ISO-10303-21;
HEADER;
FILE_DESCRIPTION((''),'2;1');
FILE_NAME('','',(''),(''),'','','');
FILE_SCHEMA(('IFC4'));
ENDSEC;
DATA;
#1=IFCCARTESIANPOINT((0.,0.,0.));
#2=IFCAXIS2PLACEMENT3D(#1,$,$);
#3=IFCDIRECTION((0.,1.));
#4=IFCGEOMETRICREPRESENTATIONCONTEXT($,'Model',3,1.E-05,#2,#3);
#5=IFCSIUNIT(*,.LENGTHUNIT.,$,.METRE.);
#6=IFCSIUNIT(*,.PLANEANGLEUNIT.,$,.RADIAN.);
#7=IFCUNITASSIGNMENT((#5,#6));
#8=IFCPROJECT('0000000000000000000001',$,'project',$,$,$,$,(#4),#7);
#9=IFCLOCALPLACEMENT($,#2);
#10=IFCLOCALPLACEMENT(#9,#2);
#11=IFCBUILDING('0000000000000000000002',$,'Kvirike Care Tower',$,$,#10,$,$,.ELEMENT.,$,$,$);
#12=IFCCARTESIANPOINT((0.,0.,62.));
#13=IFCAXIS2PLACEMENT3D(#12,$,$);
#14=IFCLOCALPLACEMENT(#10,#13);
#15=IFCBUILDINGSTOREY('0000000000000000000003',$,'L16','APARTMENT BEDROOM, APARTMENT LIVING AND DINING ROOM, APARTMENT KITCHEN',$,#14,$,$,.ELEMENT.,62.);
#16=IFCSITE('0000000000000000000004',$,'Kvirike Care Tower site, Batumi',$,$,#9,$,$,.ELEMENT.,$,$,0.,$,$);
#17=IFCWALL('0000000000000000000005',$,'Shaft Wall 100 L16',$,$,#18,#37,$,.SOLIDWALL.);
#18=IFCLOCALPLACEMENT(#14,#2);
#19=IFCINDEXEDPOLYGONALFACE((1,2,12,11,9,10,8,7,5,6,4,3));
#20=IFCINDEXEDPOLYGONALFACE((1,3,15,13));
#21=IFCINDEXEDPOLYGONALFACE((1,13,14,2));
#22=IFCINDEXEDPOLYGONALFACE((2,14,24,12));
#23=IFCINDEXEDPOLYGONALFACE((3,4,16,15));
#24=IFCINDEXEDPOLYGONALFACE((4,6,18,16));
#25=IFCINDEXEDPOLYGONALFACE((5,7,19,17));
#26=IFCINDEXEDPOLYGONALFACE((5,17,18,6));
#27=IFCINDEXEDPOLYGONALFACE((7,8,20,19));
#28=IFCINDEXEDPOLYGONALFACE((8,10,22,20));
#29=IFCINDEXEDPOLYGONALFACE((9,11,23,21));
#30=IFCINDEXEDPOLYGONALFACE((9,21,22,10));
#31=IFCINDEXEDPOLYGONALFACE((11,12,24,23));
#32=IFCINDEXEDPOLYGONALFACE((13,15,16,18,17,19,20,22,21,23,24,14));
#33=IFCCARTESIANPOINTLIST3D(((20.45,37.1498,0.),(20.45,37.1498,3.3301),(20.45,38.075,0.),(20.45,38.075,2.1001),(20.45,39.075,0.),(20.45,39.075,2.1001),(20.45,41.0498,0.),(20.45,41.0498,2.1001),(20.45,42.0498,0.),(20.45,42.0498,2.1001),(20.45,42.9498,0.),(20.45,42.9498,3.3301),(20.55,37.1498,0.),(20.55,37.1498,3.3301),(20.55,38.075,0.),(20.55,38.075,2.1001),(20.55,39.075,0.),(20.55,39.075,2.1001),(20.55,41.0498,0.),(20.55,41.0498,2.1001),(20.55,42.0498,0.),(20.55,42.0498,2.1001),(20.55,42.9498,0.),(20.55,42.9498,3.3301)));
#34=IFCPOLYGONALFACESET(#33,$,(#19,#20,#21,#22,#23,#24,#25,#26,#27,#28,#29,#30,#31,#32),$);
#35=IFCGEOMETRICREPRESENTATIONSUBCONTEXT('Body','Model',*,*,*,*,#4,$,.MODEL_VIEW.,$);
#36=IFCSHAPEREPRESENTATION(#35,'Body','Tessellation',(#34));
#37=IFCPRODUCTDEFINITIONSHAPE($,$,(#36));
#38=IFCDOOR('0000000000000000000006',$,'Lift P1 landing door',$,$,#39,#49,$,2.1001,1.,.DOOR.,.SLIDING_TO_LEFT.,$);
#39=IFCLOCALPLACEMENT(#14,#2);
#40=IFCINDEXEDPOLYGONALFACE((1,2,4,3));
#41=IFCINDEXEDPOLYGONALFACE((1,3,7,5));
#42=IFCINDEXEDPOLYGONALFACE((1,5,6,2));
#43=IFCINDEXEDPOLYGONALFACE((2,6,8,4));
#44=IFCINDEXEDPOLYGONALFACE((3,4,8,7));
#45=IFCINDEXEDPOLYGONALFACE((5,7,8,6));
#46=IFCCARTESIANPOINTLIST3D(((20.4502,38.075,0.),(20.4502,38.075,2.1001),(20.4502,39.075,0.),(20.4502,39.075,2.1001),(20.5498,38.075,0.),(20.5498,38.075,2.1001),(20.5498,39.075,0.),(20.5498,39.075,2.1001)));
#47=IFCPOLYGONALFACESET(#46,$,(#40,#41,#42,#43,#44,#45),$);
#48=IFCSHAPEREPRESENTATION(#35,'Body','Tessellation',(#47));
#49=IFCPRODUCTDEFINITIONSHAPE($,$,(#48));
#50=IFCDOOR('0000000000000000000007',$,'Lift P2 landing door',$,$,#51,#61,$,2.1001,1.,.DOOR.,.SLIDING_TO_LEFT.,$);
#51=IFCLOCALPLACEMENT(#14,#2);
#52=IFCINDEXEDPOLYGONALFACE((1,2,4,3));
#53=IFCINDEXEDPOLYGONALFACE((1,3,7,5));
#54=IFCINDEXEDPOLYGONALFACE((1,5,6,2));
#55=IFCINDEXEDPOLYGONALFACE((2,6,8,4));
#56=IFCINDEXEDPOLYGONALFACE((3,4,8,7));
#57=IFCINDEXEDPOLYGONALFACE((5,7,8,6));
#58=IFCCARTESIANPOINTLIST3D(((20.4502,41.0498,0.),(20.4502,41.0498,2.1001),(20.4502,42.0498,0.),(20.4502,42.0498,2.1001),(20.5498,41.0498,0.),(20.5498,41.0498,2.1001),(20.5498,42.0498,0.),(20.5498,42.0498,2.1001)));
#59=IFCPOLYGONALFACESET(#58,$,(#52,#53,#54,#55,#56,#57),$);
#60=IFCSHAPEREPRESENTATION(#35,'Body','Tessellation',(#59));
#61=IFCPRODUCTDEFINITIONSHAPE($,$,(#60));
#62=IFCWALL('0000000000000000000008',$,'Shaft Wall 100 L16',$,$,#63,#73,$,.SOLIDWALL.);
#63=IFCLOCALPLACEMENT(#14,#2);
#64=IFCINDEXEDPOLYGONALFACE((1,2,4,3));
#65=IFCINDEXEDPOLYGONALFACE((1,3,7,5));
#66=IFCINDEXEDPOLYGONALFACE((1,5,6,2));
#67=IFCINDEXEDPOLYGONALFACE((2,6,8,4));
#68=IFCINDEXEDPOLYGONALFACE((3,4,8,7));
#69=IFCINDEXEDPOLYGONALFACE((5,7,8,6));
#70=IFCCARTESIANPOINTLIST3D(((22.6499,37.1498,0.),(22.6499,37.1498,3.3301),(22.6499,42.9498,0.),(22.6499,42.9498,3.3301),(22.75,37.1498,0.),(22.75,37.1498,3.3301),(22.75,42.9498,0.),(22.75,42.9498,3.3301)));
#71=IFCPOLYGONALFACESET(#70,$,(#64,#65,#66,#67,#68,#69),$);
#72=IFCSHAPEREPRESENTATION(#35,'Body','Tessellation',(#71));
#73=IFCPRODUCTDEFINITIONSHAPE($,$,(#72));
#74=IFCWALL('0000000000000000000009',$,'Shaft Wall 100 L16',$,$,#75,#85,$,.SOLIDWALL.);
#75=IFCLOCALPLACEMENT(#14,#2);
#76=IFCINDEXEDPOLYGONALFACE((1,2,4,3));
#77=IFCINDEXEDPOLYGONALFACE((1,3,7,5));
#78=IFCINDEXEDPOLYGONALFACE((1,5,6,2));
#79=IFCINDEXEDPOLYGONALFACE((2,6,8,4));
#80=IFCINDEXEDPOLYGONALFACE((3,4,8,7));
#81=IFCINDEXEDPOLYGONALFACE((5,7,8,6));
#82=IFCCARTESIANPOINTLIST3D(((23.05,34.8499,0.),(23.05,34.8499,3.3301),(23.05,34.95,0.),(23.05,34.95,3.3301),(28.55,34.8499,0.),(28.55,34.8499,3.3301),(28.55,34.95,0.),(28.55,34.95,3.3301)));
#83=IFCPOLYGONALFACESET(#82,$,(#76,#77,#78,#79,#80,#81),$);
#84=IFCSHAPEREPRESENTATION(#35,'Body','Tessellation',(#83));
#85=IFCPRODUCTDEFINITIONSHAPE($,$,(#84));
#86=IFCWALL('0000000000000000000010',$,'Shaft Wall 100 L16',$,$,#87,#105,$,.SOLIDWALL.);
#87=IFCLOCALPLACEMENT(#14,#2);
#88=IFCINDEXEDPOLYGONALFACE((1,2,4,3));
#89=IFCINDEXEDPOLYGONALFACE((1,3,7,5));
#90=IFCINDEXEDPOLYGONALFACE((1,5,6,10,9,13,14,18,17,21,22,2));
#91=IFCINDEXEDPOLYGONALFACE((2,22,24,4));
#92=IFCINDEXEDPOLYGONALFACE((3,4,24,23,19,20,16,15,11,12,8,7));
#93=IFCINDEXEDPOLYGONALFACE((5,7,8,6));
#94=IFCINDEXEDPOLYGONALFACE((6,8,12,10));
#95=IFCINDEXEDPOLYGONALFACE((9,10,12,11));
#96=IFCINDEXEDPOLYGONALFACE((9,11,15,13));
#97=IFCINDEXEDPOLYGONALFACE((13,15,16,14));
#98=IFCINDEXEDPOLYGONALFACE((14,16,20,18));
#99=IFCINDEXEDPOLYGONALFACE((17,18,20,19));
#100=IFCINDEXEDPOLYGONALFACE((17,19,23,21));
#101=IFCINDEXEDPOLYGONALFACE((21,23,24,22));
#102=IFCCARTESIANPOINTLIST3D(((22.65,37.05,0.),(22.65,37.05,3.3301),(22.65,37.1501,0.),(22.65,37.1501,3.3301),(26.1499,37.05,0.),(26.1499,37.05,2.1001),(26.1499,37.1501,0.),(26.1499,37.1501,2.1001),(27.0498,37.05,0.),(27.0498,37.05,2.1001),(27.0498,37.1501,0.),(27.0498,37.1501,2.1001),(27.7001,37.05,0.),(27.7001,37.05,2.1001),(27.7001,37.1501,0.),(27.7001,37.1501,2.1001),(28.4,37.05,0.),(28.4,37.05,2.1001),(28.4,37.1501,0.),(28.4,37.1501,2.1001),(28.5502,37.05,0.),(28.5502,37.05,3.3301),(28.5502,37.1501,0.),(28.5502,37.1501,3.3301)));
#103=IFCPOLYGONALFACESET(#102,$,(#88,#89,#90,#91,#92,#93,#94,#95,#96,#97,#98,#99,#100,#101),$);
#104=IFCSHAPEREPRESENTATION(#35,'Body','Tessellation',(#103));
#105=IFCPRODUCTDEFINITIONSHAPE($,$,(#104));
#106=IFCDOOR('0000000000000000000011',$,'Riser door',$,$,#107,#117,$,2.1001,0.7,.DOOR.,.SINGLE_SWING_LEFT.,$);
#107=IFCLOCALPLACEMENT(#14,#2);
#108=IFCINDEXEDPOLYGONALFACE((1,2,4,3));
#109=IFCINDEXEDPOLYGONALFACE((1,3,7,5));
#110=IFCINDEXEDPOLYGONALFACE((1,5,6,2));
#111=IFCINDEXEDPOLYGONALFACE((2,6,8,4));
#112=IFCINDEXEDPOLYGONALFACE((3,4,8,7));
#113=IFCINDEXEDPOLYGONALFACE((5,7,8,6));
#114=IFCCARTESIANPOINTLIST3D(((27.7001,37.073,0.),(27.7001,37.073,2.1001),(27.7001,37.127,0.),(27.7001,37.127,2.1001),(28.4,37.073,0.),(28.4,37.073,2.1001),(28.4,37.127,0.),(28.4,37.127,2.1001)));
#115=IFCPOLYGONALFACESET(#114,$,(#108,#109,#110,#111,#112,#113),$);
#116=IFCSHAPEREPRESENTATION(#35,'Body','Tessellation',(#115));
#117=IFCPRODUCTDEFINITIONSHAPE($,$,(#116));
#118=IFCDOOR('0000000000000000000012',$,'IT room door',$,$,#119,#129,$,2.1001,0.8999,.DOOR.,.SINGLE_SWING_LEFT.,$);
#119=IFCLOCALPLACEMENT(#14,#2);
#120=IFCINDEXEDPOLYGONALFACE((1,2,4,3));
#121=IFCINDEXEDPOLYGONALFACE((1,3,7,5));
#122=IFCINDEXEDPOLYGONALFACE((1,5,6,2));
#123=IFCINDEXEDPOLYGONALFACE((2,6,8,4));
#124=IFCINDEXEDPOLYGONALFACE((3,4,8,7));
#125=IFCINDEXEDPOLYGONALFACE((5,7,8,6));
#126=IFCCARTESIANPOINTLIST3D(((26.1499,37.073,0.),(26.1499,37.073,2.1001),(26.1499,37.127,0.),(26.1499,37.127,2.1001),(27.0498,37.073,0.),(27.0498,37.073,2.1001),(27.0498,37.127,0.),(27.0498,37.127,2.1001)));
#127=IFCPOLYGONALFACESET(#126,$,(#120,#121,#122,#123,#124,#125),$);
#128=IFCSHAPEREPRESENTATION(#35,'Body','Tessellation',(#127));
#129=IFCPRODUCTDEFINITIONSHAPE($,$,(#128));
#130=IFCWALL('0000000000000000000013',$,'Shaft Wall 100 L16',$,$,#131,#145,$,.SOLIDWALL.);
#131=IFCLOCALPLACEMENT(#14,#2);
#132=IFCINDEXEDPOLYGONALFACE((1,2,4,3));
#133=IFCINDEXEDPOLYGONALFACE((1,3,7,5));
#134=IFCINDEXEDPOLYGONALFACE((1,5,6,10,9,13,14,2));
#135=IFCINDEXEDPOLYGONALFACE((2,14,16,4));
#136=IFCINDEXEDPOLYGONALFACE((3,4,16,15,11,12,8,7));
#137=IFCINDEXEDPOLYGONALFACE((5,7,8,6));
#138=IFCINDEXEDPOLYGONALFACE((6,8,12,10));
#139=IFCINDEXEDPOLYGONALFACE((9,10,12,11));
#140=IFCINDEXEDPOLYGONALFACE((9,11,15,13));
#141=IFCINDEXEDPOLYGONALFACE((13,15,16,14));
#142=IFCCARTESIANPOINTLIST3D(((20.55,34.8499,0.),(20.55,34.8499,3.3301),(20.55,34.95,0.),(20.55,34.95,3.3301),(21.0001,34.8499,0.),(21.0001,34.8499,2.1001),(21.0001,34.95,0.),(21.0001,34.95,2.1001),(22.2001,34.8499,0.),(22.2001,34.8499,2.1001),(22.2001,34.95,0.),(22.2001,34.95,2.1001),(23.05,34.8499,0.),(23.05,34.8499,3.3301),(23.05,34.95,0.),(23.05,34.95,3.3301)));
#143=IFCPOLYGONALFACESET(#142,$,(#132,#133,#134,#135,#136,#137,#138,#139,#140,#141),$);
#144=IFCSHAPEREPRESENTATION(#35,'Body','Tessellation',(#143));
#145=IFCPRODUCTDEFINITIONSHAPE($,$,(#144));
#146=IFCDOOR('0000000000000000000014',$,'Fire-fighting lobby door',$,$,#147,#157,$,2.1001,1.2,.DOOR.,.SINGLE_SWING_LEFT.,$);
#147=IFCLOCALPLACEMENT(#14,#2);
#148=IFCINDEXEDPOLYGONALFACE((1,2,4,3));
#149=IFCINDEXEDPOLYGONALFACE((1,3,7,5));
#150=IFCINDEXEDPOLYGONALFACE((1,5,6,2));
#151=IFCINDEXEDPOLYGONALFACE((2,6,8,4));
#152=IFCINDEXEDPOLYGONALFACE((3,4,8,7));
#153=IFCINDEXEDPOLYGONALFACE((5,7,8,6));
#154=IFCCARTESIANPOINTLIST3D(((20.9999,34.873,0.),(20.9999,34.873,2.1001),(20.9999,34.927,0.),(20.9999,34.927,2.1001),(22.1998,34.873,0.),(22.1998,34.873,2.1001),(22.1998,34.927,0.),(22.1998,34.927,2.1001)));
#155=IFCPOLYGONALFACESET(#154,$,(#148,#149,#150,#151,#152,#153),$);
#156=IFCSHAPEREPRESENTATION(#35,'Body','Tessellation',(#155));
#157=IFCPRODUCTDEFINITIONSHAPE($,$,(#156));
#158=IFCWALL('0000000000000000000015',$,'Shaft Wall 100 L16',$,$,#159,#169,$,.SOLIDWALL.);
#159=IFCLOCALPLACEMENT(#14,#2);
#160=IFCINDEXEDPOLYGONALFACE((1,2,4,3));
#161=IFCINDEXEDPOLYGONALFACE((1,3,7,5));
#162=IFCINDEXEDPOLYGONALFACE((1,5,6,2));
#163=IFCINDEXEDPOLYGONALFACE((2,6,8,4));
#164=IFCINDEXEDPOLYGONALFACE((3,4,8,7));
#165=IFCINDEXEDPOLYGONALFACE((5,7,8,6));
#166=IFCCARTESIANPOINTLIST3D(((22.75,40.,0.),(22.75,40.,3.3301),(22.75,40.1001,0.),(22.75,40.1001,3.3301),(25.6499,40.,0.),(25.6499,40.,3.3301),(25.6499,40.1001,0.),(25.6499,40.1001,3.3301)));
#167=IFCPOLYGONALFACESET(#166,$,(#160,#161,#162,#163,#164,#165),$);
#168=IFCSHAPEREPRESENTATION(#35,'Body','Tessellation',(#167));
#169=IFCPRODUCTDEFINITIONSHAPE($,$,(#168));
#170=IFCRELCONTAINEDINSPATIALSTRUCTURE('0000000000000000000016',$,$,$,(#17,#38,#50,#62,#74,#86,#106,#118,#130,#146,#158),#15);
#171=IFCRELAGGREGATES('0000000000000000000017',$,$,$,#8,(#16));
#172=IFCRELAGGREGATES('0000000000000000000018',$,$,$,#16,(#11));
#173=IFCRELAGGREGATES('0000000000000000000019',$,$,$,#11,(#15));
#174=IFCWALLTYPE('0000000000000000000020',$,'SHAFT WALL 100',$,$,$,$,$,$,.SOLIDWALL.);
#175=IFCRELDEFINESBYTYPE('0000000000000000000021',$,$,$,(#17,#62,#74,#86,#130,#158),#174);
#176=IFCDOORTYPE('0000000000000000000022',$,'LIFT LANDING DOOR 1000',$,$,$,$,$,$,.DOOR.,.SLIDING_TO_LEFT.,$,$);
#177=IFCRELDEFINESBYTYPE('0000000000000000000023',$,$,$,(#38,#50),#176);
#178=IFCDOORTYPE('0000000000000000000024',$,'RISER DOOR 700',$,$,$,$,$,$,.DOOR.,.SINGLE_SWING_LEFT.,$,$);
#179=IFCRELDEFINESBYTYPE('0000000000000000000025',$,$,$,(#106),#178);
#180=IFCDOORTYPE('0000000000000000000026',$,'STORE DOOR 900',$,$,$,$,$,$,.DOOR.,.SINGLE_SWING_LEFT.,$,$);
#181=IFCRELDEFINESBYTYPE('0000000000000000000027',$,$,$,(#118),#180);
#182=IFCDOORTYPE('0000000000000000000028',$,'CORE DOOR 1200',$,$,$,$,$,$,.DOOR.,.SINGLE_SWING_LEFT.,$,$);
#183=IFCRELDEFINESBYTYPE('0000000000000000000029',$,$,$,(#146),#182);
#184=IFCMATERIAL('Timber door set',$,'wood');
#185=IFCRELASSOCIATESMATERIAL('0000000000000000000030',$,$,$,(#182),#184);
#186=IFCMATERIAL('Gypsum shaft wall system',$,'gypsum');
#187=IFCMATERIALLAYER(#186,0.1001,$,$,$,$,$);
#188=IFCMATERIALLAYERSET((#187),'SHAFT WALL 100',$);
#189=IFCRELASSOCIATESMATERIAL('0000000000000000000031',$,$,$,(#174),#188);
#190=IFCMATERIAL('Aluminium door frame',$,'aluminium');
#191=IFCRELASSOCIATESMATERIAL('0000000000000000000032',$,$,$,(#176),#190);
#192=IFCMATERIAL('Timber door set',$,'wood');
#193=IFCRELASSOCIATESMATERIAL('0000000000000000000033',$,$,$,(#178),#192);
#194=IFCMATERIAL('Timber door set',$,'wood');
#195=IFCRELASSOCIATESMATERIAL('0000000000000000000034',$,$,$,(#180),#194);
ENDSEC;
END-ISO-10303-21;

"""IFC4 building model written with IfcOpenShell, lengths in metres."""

from ifc_helpers import new_model, si_unit, direction, frame, frame_2d, origin, place, context, subcontext, project, spatial, rectangle, extrude, material, layer, layer_set, type_object, element, fill, save


model = new_model("IFC4")

# Units and contexts
model_context = context("Model", 3, precision=1e-05, world=origin(), true_north=direction((0.0, 1.0)))
body_context = subcontext(model_context, "Body", "Model", "MODEL_VIEW")
ifc_project = project(units=[si_unit("LENGTHUNIT", "METRE"), si_unit("PLANEANGLEUNIT", "RADIAN")], contexts=[model_context])

# Site, building, storey
site_placement = place(None, origin())
site = spatial("IfcSite", under=ifc_project, at=site_placement, Name="Kvirike Care Tower site, Batumi", CompositionType="ELEMENT", RefElevation=0.0)
building_placement = place(site_placement, origin())
building = spatial("IfcBuilding", under=site, at=building_placement, Name="Kvirike Care Tower", CompositionType="ELEMENT")
storey_placement = place(building_placement, frame((0.0, 0.0, 62.0)))
storey = spatial("IfcBuildingStorey", under=building, at=storey_placement, Name="L16", Description="APARTMENT BEDROOM, APARTMENT LIVING AND DINING ROOM, APARTMENT KITCHEN", CompositionType="ELEMENT", Elevation=62.0)

# Shared definitions
ifc_material_1 = material(Name="Timber door set", Category="wood")
door_type_1 = type_object("IfcDoorType", Name="CORE DOOR 1200", OperationType="SINGLE_SWING_LEFT", PredefinedType="DOOR", material=ifc_material_1)

# Shared definitions
ifc_material_2 = material(Name="Gypsum shaft wall system", Category="gypsum")
ifc_layer_1 = layer(ifc_material_2, 0.1001)
ifc_layer_set_1 = layer_set([ifc_layer_1], Name="SHAFT WALL 100")
wall_type_1 = type_object("IfcWallType", Name="SHAFT WALL 100", PredefinedType="SOLIDWALL", material=ifc_layer_set_1)

# Wall, openings, doors
wall_1_placement = place(storey_placement, frame((20.5, 37.1499, 0.0), z_axis=(0.0, 0.0, 1.0), x_axis=(0.0, 1.0, 0.0)))
wall_1 = element("IfcWall", 1, at=wall_1_placement, inside=storey, type_object=wall_type_1, Name="Shaft Wall 100 L16", PredefinedType="SOLIDWALL", context=body_context, shape_type="SweptSolid", body=[
    extrude(rectangle(XDim=5.8, YDim=0.1001, at=frame_2d((2.8999, 0.0))), origin(), (0.0, 0.0, 1.0), 3.3301),
])
opening_1_placement = place(wall_1_placement, frame((0.925, 0.0, 0.0)))
opening_1 = element("IfcOpeningElement", 2, at=opening_1_placement, cuts=wall_1, PredefinedType="OPENING", context=body_context, shape_type="SweptSolid", body=[
    extrude(rectangle(XDim=1.0, YDim=2.1001, at=frame_2d((0.5, 1.05))), frame((0.0, 0.0605, 0.0), z_axis=(0.0, -1.0, 0.0), x_axis=(1.0, 0.0, 0.0)), (0.0, 0.0, 1.0), 0.1211),
])
opening_2_placement = place(wall_1_placement, frame((3.8999, 0.0, 0.0)))
opening_2 = element("IfcOpeningElement", 3, at=opening_2_placement, cuts=wall_1, PredefinedType="OPENING", context=body_context, shape_type="SweptSolid", body=[
    extrude(rectangle(XDim=1.0, YDim=2.1001, at=frame_2d((0.5, 1.05))), frame((0.0, 0.0605, 0.0), z_axis=(0.0, -1.0, 0.0), x_axis=(1.0, 0.0, 0.0)), (0.0, 0.0, 1.0), 0.1211),
])
ifc_material_3 = material(Name="Aluminium door frame", Category="aluminium")
door_type_2 = type_object("IfcDoorType", Name="LIFT LANDING DOOR 1000", OperationType="SLIDING_TO_LEFT", PredefinedType="DOOR", material=ifc_material_3)
door_1_placement = place(opening_1_placement, origin())
door_1 = element("IfcDoor", 4, at=door_1_placement, inside=storey, type_object=door_type_2, Name="Lift P1 landing door", OperationType="SLIDING_TO_LEFT", OverallHeight=2.1001, OverallWidth=1.0, PredefinedType="DOOR", context=body_context, shape_type="SweptSolid", body=[
    extrude(rectangle(XDim=1.0, YDim=2.1001, at=frame_2d((0.5, 1.05))), frame((0.0, 0.0498, 0.0), z_axis=(0.0, -1.0, 0.0), x_axis=(1.0, 0.0, 0.0)), (0.0, 0.0, 1.0), 0.0996),
])
fill(opening_1, door_1)
door_2_placement = place(opening_2_placement, origin())
door_2 = element("IfcDoor", 5, at=door_2_placement, inside=storey, type_object=door_type_2, Name="Lift P2 landing door", OperationType="SLIDING_TO_LEFT", OverallHeight=2.1001, OverallWidth=1.0, PredefinedType="DOOR", context=body_context, shape_type="SweptSolid", body=[
    extrude(rectangle(XDim=1.0, YDim=2.1001, at=frame_2d((0.5, 1.05))), frame((0.0, 0.0498, 0.0), z_axis=(0.0, -1.0, 0.0), x_axis=(1.0, 0.0, 0.0)), (0.0, 0.0, 1.0), 0.0996),
])
fill(opening_2, door_2)

# Walls
wall_2_placement = place(storey_placement, frame((22.7, 37.1499, 0.0), z_axis=(0.0, 0.0, 1.0), x_axis=(0.0, 1.0, 0.0)))
element("IfcWall", 6, at=wall_2_placement, inside=storey, type_object=wall_type_1, Name="Shaft Wall 100 L16", PredefinedType="SOLIDWALL", context=body_context, shape_type="SweptSolid", body=[
    extrude(rectangle(XDim=5.8, YDim=0.1001, at=frame_2d((2.8999, 0.0))), origin(), (0.0, 0.0, 1.0), 3.3301),
])
wall_3_placement = place(storey_placement, frame((23.05, 34.8999, 0.0), z_axis=(0.0, 0.0, 1.0), x_axis=(1.0, 0.0, 0.0)))
element("IfcWall", 7, at=wall_3_placement, inside=storey, type_object=wall_type_1, Name="Shaft Wall 100 L16", PredefinedType="SOLIDWALL", context=body_context, shape_type="SweptSolid", body=[
    extrude(rectangle(XDim=5.5, YDim=0.1001, at=frame_2d((2.75, 0.0))), origin(), (0.0, 0.0, 1.0), 3.3301),
])

# Wall, openings, doors
wall_4_placement = place(storey_placement, frame((22.6499, 37.1001, 0.0), z_axis=(0.0, 0.0, 1.0), x_axis=(1.0, 0.0, 0.0)))
wall_4 = element("IfcWall", 8, at=wall_4_placement, inside=storey, type_object=wall_type_1, Name="Shaft Wall 100 L16", PredefinedType="SOLIDWALL", context=body_context, shape_type="SweptSolid", body=[
    extrude(rectangle(XDim=5.9001, YDim=0.1001, at=frame_2d((2.9502, 0.0))), origin(), (0.0, 0.0, 1.0), 3.3301),
])
opening_3_placement = place(wall_4_placement, frame((3.5, 0.0, 0.0)))
opening_3 = element("IfcOpeningElement", 9, at=opening_3_placement, cuts=wall_4, PredefinedType="OPENING", context=body_context, shape_type="SweptSolid", body=[
    extrude(rectangle(XDim=0.8999, YDim=2.1001, at=frame_2d((0.45, 1.05))), frame((0.0, 0.0605, 0.0), z_axis=(0.0, -1.0, 0.0), x_axis=(1.0, 0.0, 0.0)), (0.0, 0.0, 1.0), 0.1211),
])
opening_4_placement = place(wall_4_placement, frame((5.05, 0.0, 0.0)))
opening_4 = element("IfcOpeningElement", 10, at=opening_4_placement, cuts=wall_4, PredefinedType="OPENING", context=body_context, shape_type="SweptSolid", body=[
    extrude(rectangle(XDim=0.7, YDim=2.1001, at=frame_2d((0.3501, 1.05))), frame((0.0, 0.0605, 0.0), z_axis=(0.0, -1.0, 0.0), x_axis=(1.0, 0.0, 0.0)), (0.0, 0.0, 1.0), 0.1211),
])
ifc_material_4 = material(Name="Timber door set", Category="wood")
door_type_3 = type_object("IfcDoorType", Name="RISER DOOR 700", OperationType="SINGLE_SWING_LEFT", PredefinedType="DOOR", material=ifc_material_4)
door_3_placement = place(opening_4_placement, origin())
door_3 = element("IfcDoor", 11, at=door_3_placement, inside=storey, type_object=door_type_3, Name="Riser door", OperationType="SINGLE_SWING_LEFT", OverallHeight=2.1001, OverallWidth=0.7, PredefinedType="DOOR", context=body_context, shape_type="SweptSolid", body=[
    extrude(rectangle(XDim=0.7, YDim=2.1001, at=frame_2d((0.3501, 1.05))), frame((0.0, 0.0269, 0.0), z_axis=(0.0, -1.0, 0.0), x_axis=(1.0, 0.0, 0.0)), (0.0, 0.0, 1.0), 0.054),
])
fill(opening_4, door_3)
ifc_material_5 = material(Name="Timber door set", Category="wood")
door_type_4 = type_object("IfcDoorType", Name="STORE DOOR 900", OperationType="SINGLE_SWING_LEFT", PredefinedType="DOOR", material=ifc_material_5)
door_4_placement = place(opening_3_placement, origin())
door_4 = element("IfcDoor", 12, at=door_4_placement, inside=storey, type_object=door_type_4, Name="IT room door", OperationType="SINGLE_SWING_LEFT", OverallHeight=2.1001, OverallWidth=0.8999, PredefinedType="DOOR", context=body_context, shape_type="SweptSolid", body=[
    extrude(rectangle(XDim=0.8999, YDim=2.1001, at=frame_2d((0.45, 1.05))), frame((0.0, 0.0269, 0.0), z_axis=(0.0, -1.0, 0.0), x_axis=(1.0, 0.0, 0.0)), (0.0, 0.0, 1.0), 0.054),
])
fill(opening_3, door_4)

# Wall, opening, door
wall_5_placement = place(storey_placement, frame((20.55, 34.8999, 0.0), z_axis=(0.0, 0.0, 1.0), x_axis=(1.0, 0.0, 0.0)))
wall_5 = element("IfcWall", 13, at=wall_5_placement, inside=storey, type_object=wall_type_1, Name="Shaft Wall 100 L16", PredefinedType="SOLIDWALL", context=body_context, shape_type="SweptSolid", body=[
    extrude(rectangle(XDim=2.5, YDim=0.1001, at=frame_2d((1.25, 0.0))), origin(), (0.0, 0.0, 1.0), 3.3301),
])
opening_5_placement = place(wall_5_placement, frame((0.45, 0.0, 0.0)))
opening_5 = element("IfcOpeningElement", 14, at=opening_5_placement, cuts=wall_5, PredefinedType="OPENING", context=body_context, shape_type="SweptSolid", body=[
    extrude(rectangle(XDim=1.2, YDim=2.1001, at=frame_2d((0.6001, 1.05))), frame((0.0, 0.0605, 0.0), z_axis=(0.0, -1.0, 0.0), x_axis=(1.0, 0.0, 0.0)), (0.0, 0.0, 1.0), 0.1211),
])
door_5_placement = place(opening_5_placement, frame((1.2, 0.0, 0.0), z_axis=(0.0, 0.0, 1.0), x_axis=(-1.0, 0.0, 0.0)))
door_5 = element("IfcDoor", 15, at=door_5_placement, inside=storey, type_object=door_type_1, Name="Fire-fighting lobby door", OperationType="SINGLE_SWING_LEFT", OverallHeight=2.1001, OverallWidth=1.2, PredefinedType="DOOR", context=body_context, shape_type="SweptSolid", body=[
    extrude(rectangle(XDim=1.2, YDim=2.1001, at=frame_2d((0.6001, 1.05))), frame((0.0, 0.0269, 0.0), z_axis=(0.0, -1.0, 0.0), x_axis=(1.0, 0.0, 0.0)), (0.0, 0.0, 1.0), 0.054),
])
fill(opening_5, door_5)

# Wall
wall_6_placement = place(storey_placement, frame((22.75, 40.05, 0.0), z_axis=(0.0, 0.0, 1.0), x_axis=(1.0, 0.0, 0.0)))
element("IfcWall", 16, at=wall_6_placement, inside=storey, type_object=wall_type_1, Name="Shaft Wall 100 L16", PredefinedType="SOLIDWALL", context=body_context, shape_type="SweptSolid", body=[
    extrude(rectangle(XDim=2.8999, YDim=0.1001, at=frame_2d((1.45, 0.0))), origin(), (0.0, 0.0, 1.0), 3.3301),
])

save(model, "model.ifc")
